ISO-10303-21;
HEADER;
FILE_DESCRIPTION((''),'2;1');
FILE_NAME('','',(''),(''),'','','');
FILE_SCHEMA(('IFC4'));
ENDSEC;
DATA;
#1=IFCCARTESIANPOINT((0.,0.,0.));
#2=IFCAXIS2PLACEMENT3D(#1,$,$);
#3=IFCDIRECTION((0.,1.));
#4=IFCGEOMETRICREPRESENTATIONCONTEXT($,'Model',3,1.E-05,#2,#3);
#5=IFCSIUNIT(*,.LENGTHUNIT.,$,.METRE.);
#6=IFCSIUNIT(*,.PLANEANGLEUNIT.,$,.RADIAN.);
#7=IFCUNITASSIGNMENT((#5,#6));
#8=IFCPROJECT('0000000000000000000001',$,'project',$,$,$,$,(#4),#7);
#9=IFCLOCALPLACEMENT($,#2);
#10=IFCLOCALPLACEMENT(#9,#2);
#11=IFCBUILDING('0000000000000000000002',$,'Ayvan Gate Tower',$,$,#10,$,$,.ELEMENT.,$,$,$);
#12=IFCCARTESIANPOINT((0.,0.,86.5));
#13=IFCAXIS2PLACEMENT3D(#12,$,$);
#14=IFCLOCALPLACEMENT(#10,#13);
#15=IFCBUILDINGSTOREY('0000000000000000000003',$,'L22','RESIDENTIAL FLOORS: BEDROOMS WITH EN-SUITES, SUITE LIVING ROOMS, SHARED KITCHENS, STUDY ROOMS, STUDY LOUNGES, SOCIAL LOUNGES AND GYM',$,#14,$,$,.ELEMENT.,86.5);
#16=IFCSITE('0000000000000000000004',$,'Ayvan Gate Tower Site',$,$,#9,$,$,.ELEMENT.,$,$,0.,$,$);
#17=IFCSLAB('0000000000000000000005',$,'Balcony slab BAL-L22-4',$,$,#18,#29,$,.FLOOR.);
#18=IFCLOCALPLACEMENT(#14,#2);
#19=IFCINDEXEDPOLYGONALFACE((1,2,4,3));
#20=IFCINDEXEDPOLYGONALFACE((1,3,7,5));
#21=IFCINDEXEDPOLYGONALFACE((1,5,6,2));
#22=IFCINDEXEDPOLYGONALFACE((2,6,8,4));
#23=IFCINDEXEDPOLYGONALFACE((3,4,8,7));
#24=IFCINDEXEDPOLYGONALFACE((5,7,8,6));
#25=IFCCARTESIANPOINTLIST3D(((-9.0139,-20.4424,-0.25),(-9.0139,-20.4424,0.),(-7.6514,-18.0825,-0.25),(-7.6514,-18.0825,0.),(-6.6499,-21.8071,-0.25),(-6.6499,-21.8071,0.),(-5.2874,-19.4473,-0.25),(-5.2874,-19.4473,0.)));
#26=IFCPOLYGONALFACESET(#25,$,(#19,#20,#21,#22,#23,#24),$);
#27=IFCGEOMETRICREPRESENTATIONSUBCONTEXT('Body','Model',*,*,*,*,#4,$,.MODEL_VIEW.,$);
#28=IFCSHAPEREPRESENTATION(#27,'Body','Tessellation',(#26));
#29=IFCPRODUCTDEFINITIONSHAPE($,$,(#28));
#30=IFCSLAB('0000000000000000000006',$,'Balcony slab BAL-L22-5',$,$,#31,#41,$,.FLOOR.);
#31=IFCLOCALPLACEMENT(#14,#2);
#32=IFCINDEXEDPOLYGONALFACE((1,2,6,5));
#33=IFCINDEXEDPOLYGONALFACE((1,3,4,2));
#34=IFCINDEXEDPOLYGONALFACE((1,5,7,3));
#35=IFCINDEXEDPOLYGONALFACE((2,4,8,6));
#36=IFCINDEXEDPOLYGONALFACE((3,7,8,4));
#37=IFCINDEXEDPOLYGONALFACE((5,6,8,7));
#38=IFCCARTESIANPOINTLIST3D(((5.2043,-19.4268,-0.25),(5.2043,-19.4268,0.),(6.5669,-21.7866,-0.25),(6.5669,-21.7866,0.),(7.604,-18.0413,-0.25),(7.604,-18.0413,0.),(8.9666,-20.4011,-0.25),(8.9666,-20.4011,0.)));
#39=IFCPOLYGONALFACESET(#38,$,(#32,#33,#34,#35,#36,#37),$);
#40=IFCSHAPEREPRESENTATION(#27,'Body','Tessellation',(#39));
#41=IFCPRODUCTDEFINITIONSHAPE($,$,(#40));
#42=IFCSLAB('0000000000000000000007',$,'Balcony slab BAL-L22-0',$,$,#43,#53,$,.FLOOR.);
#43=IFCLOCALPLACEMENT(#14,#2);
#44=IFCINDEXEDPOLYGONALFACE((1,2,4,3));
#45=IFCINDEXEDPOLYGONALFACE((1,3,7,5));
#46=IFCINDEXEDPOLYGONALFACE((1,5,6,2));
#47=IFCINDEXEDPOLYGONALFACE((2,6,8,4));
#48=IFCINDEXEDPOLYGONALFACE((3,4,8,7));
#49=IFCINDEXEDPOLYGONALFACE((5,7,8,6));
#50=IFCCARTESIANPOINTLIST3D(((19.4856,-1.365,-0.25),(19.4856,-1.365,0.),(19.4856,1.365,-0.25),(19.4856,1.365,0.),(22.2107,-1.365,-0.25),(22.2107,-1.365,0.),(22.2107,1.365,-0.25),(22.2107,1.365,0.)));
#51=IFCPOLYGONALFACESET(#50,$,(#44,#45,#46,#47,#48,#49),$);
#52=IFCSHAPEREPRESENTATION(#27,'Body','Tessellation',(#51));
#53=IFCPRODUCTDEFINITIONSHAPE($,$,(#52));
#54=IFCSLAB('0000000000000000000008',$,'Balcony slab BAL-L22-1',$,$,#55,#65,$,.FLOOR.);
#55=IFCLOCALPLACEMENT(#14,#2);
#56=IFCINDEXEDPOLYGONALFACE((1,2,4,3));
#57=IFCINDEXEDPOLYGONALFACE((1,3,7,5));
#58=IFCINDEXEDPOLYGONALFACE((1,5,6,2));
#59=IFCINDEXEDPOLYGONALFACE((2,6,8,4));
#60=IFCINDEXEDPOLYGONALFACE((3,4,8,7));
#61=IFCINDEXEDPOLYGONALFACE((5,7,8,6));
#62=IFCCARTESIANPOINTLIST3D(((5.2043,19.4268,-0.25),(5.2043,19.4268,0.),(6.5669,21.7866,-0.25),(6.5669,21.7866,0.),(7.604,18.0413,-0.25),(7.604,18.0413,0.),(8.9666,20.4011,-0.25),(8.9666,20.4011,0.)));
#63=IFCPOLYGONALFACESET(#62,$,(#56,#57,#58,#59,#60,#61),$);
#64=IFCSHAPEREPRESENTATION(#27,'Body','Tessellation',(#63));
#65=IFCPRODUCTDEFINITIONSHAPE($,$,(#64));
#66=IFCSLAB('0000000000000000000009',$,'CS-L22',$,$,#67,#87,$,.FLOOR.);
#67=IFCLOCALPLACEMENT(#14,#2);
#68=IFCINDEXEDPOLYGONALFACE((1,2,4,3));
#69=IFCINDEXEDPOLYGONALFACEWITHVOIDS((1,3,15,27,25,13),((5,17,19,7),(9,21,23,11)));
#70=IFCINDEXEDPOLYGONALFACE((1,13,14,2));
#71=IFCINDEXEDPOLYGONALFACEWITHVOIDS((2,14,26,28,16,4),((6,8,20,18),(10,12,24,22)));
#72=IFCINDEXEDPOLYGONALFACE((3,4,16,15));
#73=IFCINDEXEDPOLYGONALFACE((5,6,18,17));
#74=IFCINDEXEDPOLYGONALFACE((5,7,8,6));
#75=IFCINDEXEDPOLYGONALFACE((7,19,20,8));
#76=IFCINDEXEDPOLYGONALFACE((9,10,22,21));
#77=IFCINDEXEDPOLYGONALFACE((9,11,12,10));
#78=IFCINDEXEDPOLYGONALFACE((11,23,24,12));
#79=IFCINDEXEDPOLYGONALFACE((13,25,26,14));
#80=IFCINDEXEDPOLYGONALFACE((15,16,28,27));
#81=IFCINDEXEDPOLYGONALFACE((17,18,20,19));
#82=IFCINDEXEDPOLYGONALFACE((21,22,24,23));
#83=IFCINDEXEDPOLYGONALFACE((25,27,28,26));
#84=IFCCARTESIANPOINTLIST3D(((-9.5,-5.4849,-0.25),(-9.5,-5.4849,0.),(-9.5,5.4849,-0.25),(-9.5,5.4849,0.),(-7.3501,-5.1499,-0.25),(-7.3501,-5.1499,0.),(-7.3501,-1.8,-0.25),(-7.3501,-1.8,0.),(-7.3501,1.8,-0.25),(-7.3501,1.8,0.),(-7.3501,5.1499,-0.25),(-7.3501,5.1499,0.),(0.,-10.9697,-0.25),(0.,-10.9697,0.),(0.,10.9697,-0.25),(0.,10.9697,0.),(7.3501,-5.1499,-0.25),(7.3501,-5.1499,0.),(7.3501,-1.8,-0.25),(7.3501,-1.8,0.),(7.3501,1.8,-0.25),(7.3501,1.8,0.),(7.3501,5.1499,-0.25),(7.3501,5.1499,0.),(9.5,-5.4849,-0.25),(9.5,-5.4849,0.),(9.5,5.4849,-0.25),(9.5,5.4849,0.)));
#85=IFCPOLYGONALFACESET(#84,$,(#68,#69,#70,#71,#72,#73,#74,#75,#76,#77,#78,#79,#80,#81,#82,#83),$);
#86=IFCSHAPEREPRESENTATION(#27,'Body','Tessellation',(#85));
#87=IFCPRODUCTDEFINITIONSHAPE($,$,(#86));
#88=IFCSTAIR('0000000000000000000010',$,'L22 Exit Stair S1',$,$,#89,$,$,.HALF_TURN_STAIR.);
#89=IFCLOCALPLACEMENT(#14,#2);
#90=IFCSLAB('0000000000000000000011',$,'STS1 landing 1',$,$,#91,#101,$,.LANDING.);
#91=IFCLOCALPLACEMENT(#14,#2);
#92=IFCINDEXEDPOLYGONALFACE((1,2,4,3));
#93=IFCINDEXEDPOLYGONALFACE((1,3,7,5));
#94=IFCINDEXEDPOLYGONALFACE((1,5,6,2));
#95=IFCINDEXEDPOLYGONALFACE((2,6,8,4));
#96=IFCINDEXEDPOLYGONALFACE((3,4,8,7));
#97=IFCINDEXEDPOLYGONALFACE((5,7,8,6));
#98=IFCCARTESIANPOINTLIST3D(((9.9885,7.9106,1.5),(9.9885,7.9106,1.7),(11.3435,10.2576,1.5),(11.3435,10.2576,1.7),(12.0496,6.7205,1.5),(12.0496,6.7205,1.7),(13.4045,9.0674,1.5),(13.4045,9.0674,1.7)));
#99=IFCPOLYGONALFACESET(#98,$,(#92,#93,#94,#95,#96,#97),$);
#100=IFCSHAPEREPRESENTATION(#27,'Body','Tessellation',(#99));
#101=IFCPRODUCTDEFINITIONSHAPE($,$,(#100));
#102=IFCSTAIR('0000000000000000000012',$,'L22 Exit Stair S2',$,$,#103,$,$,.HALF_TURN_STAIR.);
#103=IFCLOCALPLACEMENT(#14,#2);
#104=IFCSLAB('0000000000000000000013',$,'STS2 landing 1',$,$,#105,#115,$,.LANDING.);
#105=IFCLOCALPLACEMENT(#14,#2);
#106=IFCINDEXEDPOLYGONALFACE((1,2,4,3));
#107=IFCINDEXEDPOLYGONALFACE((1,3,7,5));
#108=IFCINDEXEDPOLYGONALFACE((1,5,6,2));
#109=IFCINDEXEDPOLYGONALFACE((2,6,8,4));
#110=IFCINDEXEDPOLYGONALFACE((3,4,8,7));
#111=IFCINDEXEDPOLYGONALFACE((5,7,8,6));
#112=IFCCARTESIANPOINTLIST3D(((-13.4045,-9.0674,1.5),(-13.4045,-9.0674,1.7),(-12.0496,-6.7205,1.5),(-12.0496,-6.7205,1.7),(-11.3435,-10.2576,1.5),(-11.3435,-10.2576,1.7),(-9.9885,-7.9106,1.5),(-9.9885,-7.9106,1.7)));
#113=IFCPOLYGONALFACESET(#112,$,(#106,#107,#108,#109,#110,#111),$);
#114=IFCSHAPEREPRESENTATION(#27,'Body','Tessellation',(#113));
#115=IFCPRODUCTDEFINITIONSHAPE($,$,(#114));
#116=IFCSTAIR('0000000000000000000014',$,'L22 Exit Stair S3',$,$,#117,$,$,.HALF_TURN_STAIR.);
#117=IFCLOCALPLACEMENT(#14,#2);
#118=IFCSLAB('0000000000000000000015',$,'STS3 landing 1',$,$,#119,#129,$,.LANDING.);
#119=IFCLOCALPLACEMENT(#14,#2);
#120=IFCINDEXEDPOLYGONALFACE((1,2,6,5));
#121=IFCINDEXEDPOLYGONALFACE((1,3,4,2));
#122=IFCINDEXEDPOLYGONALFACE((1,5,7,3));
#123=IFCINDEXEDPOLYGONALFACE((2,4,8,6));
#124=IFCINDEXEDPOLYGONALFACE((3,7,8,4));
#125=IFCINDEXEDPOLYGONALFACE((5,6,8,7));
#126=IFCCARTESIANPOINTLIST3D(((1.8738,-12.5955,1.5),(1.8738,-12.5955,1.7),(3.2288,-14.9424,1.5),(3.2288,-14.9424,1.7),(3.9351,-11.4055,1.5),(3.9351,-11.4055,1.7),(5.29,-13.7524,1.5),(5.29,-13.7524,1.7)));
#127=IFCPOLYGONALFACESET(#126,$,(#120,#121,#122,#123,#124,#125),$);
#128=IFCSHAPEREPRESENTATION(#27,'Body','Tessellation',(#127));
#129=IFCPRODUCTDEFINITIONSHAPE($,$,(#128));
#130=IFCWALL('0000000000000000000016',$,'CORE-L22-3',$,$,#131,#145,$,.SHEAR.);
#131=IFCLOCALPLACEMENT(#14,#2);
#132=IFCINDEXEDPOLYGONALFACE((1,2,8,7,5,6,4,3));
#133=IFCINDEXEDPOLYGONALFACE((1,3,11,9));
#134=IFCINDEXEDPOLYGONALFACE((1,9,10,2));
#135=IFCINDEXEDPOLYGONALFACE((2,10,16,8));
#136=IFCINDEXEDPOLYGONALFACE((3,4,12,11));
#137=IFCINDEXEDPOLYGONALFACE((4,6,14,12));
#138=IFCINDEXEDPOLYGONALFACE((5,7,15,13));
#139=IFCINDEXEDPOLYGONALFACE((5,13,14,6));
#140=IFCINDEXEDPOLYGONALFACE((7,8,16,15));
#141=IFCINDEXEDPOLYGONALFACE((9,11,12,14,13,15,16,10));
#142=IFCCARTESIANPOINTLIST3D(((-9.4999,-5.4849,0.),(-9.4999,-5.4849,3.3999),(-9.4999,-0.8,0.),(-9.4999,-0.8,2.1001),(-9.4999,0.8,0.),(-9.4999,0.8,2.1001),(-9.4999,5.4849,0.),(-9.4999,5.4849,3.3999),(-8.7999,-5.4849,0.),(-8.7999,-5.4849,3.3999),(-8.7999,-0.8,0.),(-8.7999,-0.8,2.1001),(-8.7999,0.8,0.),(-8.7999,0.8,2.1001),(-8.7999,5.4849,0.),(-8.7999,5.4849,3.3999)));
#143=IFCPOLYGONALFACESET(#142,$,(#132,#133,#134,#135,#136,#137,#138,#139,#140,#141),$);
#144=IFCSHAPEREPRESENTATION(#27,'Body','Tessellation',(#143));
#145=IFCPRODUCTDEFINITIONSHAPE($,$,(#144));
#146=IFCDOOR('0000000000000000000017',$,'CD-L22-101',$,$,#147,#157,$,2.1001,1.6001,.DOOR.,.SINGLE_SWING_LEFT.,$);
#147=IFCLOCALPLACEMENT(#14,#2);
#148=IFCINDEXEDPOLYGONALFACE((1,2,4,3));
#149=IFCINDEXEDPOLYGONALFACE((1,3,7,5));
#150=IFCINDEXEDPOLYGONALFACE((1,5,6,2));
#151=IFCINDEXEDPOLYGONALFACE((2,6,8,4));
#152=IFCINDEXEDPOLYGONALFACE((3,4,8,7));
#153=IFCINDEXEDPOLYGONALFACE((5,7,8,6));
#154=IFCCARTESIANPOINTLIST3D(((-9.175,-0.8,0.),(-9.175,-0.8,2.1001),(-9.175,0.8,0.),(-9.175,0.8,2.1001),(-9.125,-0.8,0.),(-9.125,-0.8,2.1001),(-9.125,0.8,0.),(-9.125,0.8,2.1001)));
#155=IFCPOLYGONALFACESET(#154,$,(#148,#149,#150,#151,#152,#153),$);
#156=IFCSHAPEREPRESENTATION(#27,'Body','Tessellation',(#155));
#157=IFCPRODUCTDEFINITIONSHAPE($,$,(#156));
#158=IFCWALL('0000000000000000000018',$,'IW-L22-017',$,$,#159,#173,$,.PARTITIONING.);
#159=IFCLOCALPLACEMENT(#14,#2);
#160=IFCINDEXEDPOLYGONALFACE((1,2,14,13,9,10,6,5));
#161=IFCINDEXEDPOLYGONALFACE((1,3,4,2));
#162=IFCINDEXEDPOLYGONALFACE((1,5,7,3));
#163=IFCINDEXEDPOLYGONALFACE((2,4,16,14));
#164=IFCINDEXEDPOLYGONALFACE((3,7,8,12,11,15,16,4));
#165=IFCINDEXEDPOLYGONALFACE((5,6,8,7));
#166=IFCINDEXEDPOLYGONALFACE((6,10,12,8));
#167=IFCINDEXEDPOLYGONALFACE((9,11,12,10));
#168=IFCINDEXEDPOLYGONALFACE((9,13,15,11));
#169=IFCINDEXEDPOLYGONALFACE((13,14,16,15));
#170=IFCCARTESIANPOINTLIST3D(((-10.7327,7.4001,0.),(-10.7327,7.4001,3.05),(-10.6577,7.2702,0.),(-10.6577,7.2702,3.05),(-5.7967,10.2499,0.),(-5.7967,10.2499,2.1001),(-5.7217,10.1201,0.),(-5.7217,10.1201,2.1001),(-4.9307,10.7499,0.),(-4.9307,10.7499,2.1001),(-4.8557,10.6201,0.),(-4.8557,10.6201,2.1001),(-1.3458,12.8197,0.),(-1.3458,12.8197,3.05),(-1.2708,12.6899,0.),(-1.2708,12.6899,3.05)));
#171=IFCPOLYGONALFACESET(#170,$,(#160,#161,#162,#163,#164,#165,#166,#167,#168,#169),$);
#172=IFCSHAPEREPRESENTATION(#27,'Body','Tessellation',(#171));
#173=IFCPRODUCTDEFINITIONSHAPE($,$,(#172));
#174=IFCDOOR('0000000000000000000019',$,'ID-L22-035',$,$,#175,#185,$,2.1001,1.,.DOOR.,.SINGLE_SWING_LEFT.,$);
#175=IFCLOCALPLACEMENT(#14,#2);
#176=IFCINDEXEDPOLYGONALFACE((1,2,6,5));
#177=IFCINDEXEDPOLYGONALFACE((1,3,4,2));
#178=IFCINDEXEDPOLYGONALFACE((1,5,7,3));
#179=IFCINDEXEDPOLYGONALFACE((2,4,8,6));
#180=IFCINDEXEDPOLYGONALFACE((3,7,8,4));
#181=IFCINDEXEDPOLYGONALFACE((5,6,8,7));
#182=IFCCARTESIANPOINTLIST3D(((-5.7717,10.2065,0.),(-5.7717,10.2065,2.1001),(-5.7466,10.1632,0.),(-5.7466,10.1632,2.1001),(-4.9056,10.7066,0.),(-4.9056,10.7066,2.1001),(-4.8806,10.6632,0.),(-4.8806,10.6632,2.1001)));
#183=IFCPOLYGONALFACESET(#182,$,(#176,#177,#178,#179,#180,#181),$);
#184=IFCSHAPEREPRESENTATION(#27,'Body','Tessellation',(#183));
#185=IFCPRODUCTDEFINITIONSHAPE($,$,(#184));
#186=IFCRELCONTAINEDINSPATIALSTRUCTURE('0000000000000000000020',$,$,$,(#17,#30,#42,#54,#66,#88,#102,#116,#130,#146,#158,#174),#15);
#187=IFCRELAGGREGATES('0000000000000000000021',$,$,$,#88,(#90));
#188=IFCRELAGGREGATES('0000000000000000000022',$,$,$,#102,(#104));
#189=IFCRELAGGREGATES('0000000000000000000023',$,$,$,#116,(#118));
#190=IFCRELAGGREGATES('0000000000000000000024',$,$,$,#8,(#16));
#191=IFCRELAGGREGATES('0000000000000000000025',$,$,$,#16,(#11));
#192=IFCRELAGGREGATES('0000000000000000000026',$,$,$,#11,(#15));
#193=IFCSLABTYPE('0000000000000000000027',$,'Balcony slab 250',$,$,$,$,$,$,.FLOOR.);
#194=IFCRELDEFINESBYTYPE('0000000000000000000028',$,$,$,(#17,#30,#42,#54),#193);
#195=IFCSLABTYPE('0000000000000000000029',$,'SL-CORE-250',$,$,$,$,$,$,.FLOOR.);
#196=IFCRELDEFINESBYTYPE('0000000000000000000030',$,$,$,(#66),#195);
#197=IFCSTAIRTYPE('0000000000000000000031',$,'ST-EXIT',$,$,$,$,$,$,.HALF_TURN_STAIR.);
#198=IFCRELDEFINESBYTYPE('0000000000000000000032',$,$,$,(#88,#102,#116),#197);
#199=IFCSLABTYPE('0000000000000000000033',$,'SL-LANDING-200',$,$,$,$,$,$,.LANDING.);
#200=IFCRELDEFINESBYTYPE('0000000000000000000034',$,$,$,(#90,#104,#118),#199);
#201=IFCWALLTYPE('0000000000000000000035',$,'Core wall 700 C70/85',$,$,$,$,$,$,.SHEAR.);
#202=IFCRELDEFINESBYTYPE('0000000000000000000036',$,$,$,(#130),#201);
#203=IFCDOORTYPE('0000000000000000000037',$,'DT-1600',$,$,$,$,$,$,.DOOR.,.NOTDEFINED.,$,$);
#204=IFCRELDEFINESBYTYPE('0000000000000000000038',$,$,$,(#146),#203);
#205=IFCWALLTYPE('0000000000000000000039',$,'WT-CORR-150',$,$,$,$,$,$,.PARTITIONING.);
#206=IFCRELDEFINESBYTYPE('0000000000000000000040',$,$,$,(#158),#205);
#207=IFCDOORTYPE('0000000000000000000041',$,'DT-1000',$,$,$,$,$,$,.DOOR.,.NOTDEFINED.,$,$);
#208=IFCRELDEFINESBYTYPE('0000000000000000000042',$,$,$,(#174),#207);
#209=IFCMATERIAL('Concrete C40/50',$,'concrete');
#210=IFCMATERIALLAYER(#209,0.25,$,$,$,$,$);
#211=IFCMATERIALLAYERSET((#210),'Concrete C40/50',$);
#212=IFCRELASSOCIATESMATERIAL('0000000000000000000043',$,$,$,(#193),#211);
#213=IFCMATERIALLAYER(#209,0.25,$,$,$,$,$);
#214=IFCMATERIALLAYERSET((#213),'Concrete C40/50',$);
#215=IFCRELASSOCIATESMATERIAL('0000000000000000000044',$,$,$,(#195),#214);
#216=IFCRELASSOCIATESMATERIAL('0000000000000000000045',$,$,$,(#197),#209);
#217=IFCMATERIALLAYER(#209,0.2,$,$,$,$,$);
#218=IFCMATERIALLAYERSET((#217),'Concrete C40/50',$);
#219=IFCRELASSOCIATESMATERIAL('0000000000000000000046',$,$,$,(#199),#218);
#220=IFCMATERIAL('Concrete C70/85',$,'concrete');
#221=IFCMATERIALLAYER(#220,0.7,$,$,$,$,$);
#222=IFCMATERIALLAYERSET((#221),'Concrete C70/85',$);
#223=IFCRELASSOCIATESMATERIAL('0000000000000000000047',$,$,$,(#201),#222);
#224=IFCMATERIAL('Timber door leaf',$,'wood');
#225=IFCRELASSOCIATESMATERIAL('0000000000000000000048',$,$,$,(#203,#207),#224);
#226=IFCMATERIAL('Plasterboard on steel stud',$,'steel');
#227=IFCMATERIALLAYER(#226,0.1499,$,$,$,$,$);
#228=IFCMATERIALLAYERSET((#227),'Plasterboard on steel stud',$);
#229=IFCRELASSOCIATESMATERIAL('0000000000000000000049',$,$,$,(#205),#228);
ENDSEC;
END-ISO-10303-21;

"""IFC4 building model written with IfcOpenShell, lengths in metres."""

from ifc_helpers import new_model, si_unit, direction, frame, frame_2d, origin, place, context, subcontext, project, spatial, polyline, rectangle, outline, extrude, material, layer, layer_set, type_object, element, fill, aggregate, save


model = new_model("IFC4")

# Units and contexts
model_context = context("Model", 3, precision=1e-05, world=origin(), true_north=direction((0.0, 1.0)))
body_context = subcontext(model_context, "Body", "Model", "MODEL_VIEW")
ifc_project = project(units=[si_unit("LENGTHUNIT", "METRE"), si_unit("PLANEANGLEUNIT", "RADIAN")], contexts=[model_context])

# Site, building, storey
site_placement = place(None, origin())
site = spatial("IfcSite", under=ifc_project, at=site_placement, Name="Ayvan Gate Tower Site", CompositionType="ELEMENT", RefElevation=0.0)
building_placement = place(site_placement, origin())
building = spatial("IfcBuilding", under=site, at=building_placement, Name="Ayvan Gate Tower", CompositionType="ELEMENT")
storey_placement = place(building_placement, frame((0.0, 0.0, 86.5)))
storey = spatial("IfcBuildingStorey", under=building, at=storey_placement, Name="L22", Description="RESIDENTIAL FLOORS: BEDROOMS WITH EN-SUITES, SUITE LIVING ROOMS, SHARED KITCHENS, STUDY ROOMS, STUDY LOUNGES, SOCIAL LOUNGES AND GYM", CompositionType="ELEMENT", Elevation=86.5)

# Slabs
ifc_material_1 = material(Name="Concrete C40/50", Category="concrete")
ifc_layer_1 = layer(ifc_material_1, 0.25)
ifc_layer_set_1 = layer_set([ifc_layer_1], Name="Concrete C40/50")
slab_type_1 = type_object("IfcSlabType", Name="Balcony slab 250", PredefinedType="FLOOR", material=ifc_layer_set_1)
slab_1_placement = place(storey_placement, frame((0.0, 0.0, -0.25)))
element("IfcSlab", 1, at=slab_1_placement, inside=storey, type_object=slab_type_1, Name="Balcony slab BAL-L22-4", PredefinedType="FLOOR", context=body_context, shape_type="SweptSolid", body=[
    extrude(outline(polyline([(-7.6514, -18.0825), (-5.2874, -19.4473), (-6.6499, -21.8071), (-9.0139, -20.4424), (-7.6514, -18.0825)])), origin(), (0.0, 0.0, 1.0), 0.25),
])
slab_2_placement = place(storey_placement, frame((0.0, 0.0, -0.25)))
element("IfcSlab", 2, at=slab_2_placement, inside=storey, type_object=slab_type_1, Name="Balcony slab BAL-L22-5", PredefinedType="FLOOR", context=body_context, shape_type="SweptSolid", body=[
    extrude(outline(polyline([(5.2043, -19.4268), (7.604, -18.0413), (8.9666, -20.4011), (6.5669, -21.7866), (5.2043, -19.4268)])), origin(), (0.0, 0.0, 1.0), 0.25),
])
slab_3_placement = place(storey_placement, frame((0.0, 0.0, -0.25)))
element("IfcSlab", 3, at=slab_3_placement, inside=storey, type_object=slab_type_1, Name="Balcony slab BAL-L22-0", PredefinedType="FLOOR", context=body_context, shape_type="SweptSolid", body=[
    extrude(outline(polyline([(19.4856, -1.365), (19.4856, 1.365), (22.2107, 1.365), (22.2107, -1.365), (19.4856, -1.365)])), origin(), (0.0, 0.0, 1.0), 0.25),
])
slab_4_placement = place(storey_placement, frame((0.0, 0.0, -0.25)))
element("IfcSlab", 4, at=slab_4_placement, inside=storey, type_object=slab_type_1, Name="Balcony slab BAL-L22-1", PredefinedType="FLOOR", context=body_context, shape_type="SweptSolid", body=[
    extrude(outline(polyline([(7.604, 18.0413), (5.2043, 19.4268), (6.5669, 21.7866), (8.9666, 20.4011), (7.604, 18.0413)])), origin(), (0.0, 0.0, 1.0), 0.25),
])
ifc_layer_2 = layer(ifc_material_1, 0.25)
ifc_layer_set_2 = layer_set([ifc_layer_2], Name="Concrete C40/50")
slab_type_2 = type_object("IfcSlabType", Name="SL-CORE-250", PredefinedType="FLOOR", material=ifc_layer_set_2)
slab_5_placement = place(storey_placement, frame((0.0, 0.0, -0.25)))
element("IfcSlab", 5, at=slab_5_placement, inside=storey, type_object=slab_type_2, Name="CS-L22", PredefinedType="FLOOR", context=body_context, shape_type="SweptSolid", body=[
    extrude(outline(polyline([(9.5, -5.4849), (0.0, -10.9697), (-9.5, -5.4849), (-9.5, 5.4849), (0.0, 10.9697), (9.5, 5.4849), (9.5, -5.4849)]), holes=[polyline([(-7.3501, -1.8), (-7.3501, -5.1499), (7.3501, -5.1499), (7.3501, -1.8), (-7.3501, -1.8)]), polyline([(-7.3501, 5.1499), (-7.3501, 1.8), (7.3501, 1.8), (7.3501, 5.1499), (-7.3501, 5.1499)])]), origin(), (0.0, 0.0, 1.0), 0.25),
])

# Stairs, slabs
stair_type = type_object("IfcStairType", Name="ST-EXIT", PredefinedType="HALF_TURN_STAIR", material=ifc_material_1)
stair_1_placement = place(storey_placement, origin())
stair_1 = element("IfcStair", 6, at=stair_1_placement, inside=storey, type_object=stair_type, Name="L22 Exit Stair S1", PredefinedType="HALF_TURN_STAIR")
ifc_layer_3 = layer(ifc_material_1, 0.2)
ifc_layer_set_3 = layer_set([ifc_layer_3], Name="Concrete C40/50")
slab_type_3 = type_object("IfcSlabType", Name="SL-LANDING-200", PredefinedType="LANDING", material=ifc_layer_set_3)
slab_6_placement = place(storey_placement, frame((0.0, 0.0, 1.5)))
slab_6 = element("IfcSlab", 7, at=slab_6_placement, type_object=slab_type_3, Name="STS1 landing 1", PredefinedType="LANDING", context=body_context, shape_type="SweptSolid", body=[
    extrude(outline(polyline([(9.9885, 7.9106), (12.0496, 6.7205), (13.4045, 9.0674), (11.3435, 10.2576), (9.9885, 7.9106)])), origin(), (0.0, 0.0, 1.0), 0.2),
])
aggregate(stair_1, [slab_6])
stair_2_placement = place(storey_placement, origin())
stair_2 = element("IfcStair", 8, at=stair_2_placement, inside=storey, type_object=stair_type, Name="L22 Exit Stair S2", PredefinedType="HALF_TURN_STAIR")
slab_7_placement = place(storey_placement, frame((0.0, 0.0, 1.5)))
slab_7 = element("IfcSlab", 9, at=slab_7_placement, type_object=slab_type_3, Name="STS2 landing 1", PredefinedType="LANDING", context=body_context, shape_type="SweptSolid", body=[
    extrude(outline(polyline([(-9.9885, -7.9106), (-12.0496, -6.7205), (-13.4045, -9.0674), (-11.3435, -10.2576), (-9.9885, -7.9106)])), origin(), (0.0, 0.0, 1.0), 0.2),
])
aggregate(stair_2, [slab_7])
stair_3_placement = place(storey_placement, origin())
stair_3 = element("IfcStair", 10, at=stair_3_placement, inside=storey, type_object=stair_type, Name="L22 Exit Stair S3", PredefinedType="HALF_TURN_STAIR")
slab_8_placement = place(storey_placement, frame((0.0, 0.0, 1.5)))
slab_8 = element("IfcSlab", 11, at=slab_8_placement, type_object=slab_type_3, Name="STS3 landing 1", PredefinedType="LANDING", context=body_context, shape_type="SweptSolid", body=[
    extrude(outline(polyline([(3.9351, -11.4055), (1.8738, -12.5955), (3.2288, -14.9424), (5.29, -13.7524), (3.9351, -11.4055)])), origin(), (0.0, 0.0, 1.0), 0.2),
])
aggregate(stair_3, [slab_8])

# Walls, openings, doors
ifc_material_2 = material(Name="Concrete C70/85", Category="concrete")
ifc_layer_4 = layer(ifc_material_2, 0.7)
ifc_layer_set_4 = layer_set([ifc_layer_4], Name="Concrete C70/85")
wall_type_1 = type_object("IfcWallType", Name="Core wall 700 C70/85", PredefinedType="SHEAR", material=ifc_layer_set_4)
wall_1_placement = place(storey_placement, frame((-9.1499, 5.4849, 0.0), z_axis=(0.0, 0.0, 1.0), x_axis=(0.0, -1.0, 0.0)))
wall_1 = element("IfcWall", 12, at=wall_1_placement, inside=storey, type_object=wall_type_1, Name="CORE-L22-3", PredefinedType="SHEAR", context=body_context, shape_type="SweptSolid", body=[
    extrude(rectangle(XDim=10.9697, YDim=0.7, at=frame_2d((5.4849, 0.0))), origin(), (0.0, 0.0, 1.0), 3.3999),
])
opening_1_placement = place(wall_1_placement, frame((4.6848, 0.0, 0.0)))
opening_1 = element("IfcOpeningElement", 13, at=opening_1_placement, cuts=wall_1, PredefinedType="OPENING", context=body_context, shape_type="SweptSolid", body=[
    extrude(rectangle(XDim=1.6001, YDim=2.1001, at=frame_2d((0.8, 1.05))), frame((0.0, 0.3599, 0.0), z_axis=(0.0, -1.0, 0.0), x_axis=(1.0, 0.0, 0.0)), (0.0, 0.0, 1.0), 0.72),
])
ifc_material_3 = material(Name="Timber door leaf", Category="wood")
door_type_1 = type_object("IfcDoorType", Name="DT-1600", OperationType="NOTDEFINED", PredefinedType="DOOR", material=ifc_material_3)
door_1_placement = place(opening_1_placement, origin())
door_1 = element("IfcDoor", 14, at=door_1_placement, inside=storey, type_object=door_type_1, Name="CD-L22-101", OperationType="SINGLE_SWING_LEFT", OverallHeight=2.1001, OverallWidth=1.6001, PredefinedType="DOOR", context=body_context, shape_type="SweptSolid", body=[
    extrude(rectangle(XDim=1.6001, YDim=2.1001, at=frame_2d((0.8, 1.05))), frame((0.0, 0.0249, 0.0), z_axis=(0.0, -1.0, 0.0), x_axis=(1.0, 0.0, 0.0)), (0.0, 0.0, 1.0), 0.05),
])
fill(opening_1, door_1)
ifc_material_4 = material(Name="Plasterboard on steel stud", Category="steel")
ifc_layer_5 = layer(ifc_material_4, 0.1499)
ifc_layer_set_5 = layer_set([ifc_layer_5], Name="Plasterboard on steel stud")
wall_type_2 = type_object("IfcWallType", Name="WT-CORR-150", PredefinedType="PARTITIONING", material=ifc_layer_set_5)
wall_2_placement = place(storey_placement, frame((-10.6951, 7.3352, 0.0), z_axis=(0.0, 0.0, 1.0), x_axis=(0.866021, 0.500008, 0.0)))
wall_2 = element("IfcWall", 15, at=wall_2_placement, inside=storey, type_object=wall_type_2, Name="IW-L22-017", PredefinedType="PARTITIONING", context=body_context, shape_type="SweptSolid", body=[
    extrude(rectangle(XDim=10.8391, YDim=0.1499, at=frame_2d((5.4194, 0.0))), origin(), (0.0, 0.0, 1.0), 3.05),
])
opening_2_placement = place(wall_2_placement, frame((5.6995, 0.0, 0.0)))
opening_2 = element("IfcOpeningElement", 16, at=opening_2_placement, cuts=wall_2, PredefinedType="OPENING", context=body_context, shape_type="SweptSolid", body=[
    extrude(rectangle(XDim=1.0, YDim=2.1001, at=frame_2d((0.5, 1.05))), frame((0.0, 0.085, 0.0), z_axis=(0.0, -1.0, 0.0), x_axis=(1.0, 0.0, 0.0)), (0.0, 0.0, 1.0), 0.1699),
])
door_type_2 = type_object("IfcDoorType", Name="DT-1000", OperationType="NOTDEFINED", PredefinedType="DOOR", material=ifc_material_3)
door_2_placement = place(opening_2_placement, origin())
door_2 = element("IfcDoor", 17, at=door_2_placement, inside=storey, type_object=door_type_2, Name="ID-L22-035", OperationType="SINGLE_SWING_LEFT", OverallHeight=2.1001, OverallWidth=1.0, PredefinedType="DOOR", context=body_context, shape_type="SweptSolid", body=[
    extrude(rectangle(XDim=1.0, YDim=2.1001, at=frame_2d((0.5, 1.05))), frame((0.0, 0.0249, 0.0), z_axis=(0.0, -1.0, 0.0), x_axis=(1.0, 0.0, 0.0)), (0.0, 0.0, 1.0), 0.05),
])
fill(opening_2, door_2)

save(model, "model.ifc")
